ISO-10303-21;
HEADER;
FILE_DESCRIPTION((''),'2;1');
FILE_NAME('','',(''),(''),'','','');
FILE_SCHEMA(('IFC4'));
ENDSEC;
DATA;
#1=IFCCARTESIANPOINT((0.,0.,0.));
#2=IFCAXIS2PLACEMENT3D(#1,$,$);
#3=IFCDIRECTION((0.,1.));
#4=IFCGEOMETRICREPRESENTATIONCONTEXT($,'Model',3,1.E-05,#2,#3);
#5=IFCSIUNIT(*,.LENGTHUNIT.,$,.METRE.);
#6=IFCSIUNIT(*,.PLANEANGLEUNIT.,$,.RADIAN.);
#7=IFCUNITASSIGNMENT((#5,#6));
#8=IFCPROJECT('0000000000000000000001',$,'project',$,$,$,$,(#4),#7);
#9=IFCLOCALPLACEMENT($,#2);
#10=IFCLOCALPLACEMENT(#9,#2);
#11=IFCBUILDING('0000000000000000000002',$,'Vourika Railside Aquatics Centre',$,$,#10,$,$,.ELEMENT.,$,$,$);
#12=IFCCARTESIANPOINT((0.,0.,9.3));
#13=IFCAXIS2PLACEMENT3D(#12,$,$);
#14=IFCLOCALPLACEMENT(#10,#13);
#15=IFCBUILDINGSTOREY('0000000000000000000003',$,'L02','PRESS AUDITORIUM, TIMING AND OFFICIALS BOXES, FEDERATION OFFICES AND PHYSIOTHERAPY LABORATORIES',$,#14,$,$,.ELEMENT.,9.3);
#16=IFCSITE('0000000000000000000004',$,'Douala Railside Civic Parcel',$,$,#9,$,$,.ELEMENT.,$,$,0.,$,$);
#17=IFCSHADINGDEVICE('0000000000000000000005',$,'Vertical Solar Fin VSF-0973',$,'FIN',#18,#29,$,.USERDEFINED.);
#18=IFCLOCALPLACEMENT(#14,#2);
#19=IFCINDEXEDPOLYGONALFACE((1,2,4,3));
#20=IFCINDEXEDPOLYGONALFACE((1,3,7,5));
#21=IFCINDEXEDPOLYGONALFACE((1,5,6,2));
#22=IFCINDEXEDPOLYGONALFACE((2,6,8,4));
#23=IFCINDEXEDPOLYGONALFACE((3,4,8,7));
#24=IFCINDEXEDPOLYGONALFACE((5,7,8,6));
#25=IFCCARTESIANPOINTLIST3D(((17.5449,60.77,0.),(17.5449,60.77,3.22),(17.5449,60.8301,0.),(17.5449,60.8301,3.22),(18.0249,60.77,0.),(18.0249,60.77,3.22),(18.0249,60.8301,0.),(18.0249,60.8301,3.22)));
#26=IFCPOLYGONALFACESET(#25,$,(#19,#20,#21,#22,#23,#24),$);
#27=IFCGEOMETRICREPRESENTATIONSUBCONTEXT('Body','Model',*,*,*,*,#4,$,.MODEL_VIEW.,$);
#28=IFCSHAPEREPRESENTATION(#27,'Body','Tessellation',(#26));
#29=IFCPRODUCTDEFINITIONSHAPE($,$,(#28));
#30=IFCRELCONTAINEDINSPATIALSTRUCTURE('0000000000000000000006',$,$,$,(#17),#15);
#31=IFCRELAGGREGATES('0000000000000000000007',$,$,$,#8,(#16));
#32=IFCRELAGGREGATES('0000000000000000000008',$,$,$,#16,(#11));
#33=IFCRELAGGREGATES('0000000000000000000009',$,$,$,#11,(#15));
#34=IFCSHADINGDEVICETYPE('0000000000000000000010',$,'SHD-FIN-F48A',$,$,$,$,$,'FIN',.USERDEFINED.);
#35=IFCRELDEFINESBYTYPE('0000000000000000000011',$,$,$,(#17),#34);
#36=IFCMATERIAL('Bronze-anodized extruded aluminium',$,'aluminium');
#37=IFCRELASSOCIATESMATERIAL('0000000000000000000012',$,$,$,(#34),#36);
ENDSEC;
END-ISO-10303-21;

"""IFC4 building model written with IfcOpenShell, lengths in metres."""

from ifc_helpers import new_model, si_unit, direction, frame, origin, origin_2d, place, context, subcontext, project, spatial, rectangle, extrude, material, material_profile, profile_set, type_object, element, save


model = new_model("IFC4")

# Units and contexts
model_context = context("Model", 3, precision=1e-05, world=origin(), true_north=direction((0.0, 1.0)))
body_context = subcontext(model_context, "Body", "Model", "MODEL_VIEW")
ifc_project = project(units=[si_unit("LENGTHUNIT", "METRE"), si_unit("PLANEANGLEUNIT", "RADIAN")], contexts=[model_context])

# Site, building, storey
site_placement = place(None, origin())
site = spatial("IfcSite", under=ifc_project, at=site_placement, Name="Douala Railside Civic Parcel", CompositionType="ELEMENT", RefElevation=0.0)
building_placement = place(site_placement, origin())
building = spatial("IfcBuilding", under=site, at=building_placement, Name="Vourika Railside Aquatics Centre", CompositionType="ELEMENT")
storey_placement = place(building_placement, frame((0.0, 0.0, 9.3)))
storey = spatial("IfcBuildingStorey", under=building, at=storey_placement, Name="L02", Description="PRESS AUDITORIUM, TIMING AND OFFICIALS BOXES, FEDERATION OFFICES AND PHYSIOTHERAPY LABORATORIES", CompositionType="ELEMENT", Elevation=9.3)

# Shading device
ifc_material_1 = material(Name="Bronze-anodized extruded aluminium", Category="aluminium")
ifc_material_profile_1 = material_profile(ifc_material_1, rectangle(XDim=0.0601, YDim=0.48, at=origin_2d()), Name="ALU-FIN 60x480")
ifc_profile_set_1 = profile_set([ifc_material_profile_1], Name="Bronze-anodized extruded aluminium")
shading_device_type = type_object("IfcShadingDeviceType", Name="SHD-FIN-F48A", ElementType="FIN", PredefinedType="USERDEFINED", material=ifc_profile_set_1)
for number, where, z_axis, x_axis, name in (
    (1, (17.7849, 60.8, 0.0), (0.0, 0.0, 1.0), (0.0, 1.0, 0.0), "Vertical Solar Fin VSF-0973"),
):
    element("IfcShadingDevice", number, at=place(storey_placement, frame(where, z_axis=z_axis, x_axis=x_axis)), inside=storey, type_object=shading_device_type, Name=name, ObjectType="FIN", PredefinedType="USERDEFINED", context=body_context, shape_type="SweptSolid", body=[
        extrude(rectangle(XDim=0.0601, YDim=0.48, at=origin_2d()), origin(), (0.0, 0.0, 1.0), 3.22),
    ])

save(model, "model.ifc")
